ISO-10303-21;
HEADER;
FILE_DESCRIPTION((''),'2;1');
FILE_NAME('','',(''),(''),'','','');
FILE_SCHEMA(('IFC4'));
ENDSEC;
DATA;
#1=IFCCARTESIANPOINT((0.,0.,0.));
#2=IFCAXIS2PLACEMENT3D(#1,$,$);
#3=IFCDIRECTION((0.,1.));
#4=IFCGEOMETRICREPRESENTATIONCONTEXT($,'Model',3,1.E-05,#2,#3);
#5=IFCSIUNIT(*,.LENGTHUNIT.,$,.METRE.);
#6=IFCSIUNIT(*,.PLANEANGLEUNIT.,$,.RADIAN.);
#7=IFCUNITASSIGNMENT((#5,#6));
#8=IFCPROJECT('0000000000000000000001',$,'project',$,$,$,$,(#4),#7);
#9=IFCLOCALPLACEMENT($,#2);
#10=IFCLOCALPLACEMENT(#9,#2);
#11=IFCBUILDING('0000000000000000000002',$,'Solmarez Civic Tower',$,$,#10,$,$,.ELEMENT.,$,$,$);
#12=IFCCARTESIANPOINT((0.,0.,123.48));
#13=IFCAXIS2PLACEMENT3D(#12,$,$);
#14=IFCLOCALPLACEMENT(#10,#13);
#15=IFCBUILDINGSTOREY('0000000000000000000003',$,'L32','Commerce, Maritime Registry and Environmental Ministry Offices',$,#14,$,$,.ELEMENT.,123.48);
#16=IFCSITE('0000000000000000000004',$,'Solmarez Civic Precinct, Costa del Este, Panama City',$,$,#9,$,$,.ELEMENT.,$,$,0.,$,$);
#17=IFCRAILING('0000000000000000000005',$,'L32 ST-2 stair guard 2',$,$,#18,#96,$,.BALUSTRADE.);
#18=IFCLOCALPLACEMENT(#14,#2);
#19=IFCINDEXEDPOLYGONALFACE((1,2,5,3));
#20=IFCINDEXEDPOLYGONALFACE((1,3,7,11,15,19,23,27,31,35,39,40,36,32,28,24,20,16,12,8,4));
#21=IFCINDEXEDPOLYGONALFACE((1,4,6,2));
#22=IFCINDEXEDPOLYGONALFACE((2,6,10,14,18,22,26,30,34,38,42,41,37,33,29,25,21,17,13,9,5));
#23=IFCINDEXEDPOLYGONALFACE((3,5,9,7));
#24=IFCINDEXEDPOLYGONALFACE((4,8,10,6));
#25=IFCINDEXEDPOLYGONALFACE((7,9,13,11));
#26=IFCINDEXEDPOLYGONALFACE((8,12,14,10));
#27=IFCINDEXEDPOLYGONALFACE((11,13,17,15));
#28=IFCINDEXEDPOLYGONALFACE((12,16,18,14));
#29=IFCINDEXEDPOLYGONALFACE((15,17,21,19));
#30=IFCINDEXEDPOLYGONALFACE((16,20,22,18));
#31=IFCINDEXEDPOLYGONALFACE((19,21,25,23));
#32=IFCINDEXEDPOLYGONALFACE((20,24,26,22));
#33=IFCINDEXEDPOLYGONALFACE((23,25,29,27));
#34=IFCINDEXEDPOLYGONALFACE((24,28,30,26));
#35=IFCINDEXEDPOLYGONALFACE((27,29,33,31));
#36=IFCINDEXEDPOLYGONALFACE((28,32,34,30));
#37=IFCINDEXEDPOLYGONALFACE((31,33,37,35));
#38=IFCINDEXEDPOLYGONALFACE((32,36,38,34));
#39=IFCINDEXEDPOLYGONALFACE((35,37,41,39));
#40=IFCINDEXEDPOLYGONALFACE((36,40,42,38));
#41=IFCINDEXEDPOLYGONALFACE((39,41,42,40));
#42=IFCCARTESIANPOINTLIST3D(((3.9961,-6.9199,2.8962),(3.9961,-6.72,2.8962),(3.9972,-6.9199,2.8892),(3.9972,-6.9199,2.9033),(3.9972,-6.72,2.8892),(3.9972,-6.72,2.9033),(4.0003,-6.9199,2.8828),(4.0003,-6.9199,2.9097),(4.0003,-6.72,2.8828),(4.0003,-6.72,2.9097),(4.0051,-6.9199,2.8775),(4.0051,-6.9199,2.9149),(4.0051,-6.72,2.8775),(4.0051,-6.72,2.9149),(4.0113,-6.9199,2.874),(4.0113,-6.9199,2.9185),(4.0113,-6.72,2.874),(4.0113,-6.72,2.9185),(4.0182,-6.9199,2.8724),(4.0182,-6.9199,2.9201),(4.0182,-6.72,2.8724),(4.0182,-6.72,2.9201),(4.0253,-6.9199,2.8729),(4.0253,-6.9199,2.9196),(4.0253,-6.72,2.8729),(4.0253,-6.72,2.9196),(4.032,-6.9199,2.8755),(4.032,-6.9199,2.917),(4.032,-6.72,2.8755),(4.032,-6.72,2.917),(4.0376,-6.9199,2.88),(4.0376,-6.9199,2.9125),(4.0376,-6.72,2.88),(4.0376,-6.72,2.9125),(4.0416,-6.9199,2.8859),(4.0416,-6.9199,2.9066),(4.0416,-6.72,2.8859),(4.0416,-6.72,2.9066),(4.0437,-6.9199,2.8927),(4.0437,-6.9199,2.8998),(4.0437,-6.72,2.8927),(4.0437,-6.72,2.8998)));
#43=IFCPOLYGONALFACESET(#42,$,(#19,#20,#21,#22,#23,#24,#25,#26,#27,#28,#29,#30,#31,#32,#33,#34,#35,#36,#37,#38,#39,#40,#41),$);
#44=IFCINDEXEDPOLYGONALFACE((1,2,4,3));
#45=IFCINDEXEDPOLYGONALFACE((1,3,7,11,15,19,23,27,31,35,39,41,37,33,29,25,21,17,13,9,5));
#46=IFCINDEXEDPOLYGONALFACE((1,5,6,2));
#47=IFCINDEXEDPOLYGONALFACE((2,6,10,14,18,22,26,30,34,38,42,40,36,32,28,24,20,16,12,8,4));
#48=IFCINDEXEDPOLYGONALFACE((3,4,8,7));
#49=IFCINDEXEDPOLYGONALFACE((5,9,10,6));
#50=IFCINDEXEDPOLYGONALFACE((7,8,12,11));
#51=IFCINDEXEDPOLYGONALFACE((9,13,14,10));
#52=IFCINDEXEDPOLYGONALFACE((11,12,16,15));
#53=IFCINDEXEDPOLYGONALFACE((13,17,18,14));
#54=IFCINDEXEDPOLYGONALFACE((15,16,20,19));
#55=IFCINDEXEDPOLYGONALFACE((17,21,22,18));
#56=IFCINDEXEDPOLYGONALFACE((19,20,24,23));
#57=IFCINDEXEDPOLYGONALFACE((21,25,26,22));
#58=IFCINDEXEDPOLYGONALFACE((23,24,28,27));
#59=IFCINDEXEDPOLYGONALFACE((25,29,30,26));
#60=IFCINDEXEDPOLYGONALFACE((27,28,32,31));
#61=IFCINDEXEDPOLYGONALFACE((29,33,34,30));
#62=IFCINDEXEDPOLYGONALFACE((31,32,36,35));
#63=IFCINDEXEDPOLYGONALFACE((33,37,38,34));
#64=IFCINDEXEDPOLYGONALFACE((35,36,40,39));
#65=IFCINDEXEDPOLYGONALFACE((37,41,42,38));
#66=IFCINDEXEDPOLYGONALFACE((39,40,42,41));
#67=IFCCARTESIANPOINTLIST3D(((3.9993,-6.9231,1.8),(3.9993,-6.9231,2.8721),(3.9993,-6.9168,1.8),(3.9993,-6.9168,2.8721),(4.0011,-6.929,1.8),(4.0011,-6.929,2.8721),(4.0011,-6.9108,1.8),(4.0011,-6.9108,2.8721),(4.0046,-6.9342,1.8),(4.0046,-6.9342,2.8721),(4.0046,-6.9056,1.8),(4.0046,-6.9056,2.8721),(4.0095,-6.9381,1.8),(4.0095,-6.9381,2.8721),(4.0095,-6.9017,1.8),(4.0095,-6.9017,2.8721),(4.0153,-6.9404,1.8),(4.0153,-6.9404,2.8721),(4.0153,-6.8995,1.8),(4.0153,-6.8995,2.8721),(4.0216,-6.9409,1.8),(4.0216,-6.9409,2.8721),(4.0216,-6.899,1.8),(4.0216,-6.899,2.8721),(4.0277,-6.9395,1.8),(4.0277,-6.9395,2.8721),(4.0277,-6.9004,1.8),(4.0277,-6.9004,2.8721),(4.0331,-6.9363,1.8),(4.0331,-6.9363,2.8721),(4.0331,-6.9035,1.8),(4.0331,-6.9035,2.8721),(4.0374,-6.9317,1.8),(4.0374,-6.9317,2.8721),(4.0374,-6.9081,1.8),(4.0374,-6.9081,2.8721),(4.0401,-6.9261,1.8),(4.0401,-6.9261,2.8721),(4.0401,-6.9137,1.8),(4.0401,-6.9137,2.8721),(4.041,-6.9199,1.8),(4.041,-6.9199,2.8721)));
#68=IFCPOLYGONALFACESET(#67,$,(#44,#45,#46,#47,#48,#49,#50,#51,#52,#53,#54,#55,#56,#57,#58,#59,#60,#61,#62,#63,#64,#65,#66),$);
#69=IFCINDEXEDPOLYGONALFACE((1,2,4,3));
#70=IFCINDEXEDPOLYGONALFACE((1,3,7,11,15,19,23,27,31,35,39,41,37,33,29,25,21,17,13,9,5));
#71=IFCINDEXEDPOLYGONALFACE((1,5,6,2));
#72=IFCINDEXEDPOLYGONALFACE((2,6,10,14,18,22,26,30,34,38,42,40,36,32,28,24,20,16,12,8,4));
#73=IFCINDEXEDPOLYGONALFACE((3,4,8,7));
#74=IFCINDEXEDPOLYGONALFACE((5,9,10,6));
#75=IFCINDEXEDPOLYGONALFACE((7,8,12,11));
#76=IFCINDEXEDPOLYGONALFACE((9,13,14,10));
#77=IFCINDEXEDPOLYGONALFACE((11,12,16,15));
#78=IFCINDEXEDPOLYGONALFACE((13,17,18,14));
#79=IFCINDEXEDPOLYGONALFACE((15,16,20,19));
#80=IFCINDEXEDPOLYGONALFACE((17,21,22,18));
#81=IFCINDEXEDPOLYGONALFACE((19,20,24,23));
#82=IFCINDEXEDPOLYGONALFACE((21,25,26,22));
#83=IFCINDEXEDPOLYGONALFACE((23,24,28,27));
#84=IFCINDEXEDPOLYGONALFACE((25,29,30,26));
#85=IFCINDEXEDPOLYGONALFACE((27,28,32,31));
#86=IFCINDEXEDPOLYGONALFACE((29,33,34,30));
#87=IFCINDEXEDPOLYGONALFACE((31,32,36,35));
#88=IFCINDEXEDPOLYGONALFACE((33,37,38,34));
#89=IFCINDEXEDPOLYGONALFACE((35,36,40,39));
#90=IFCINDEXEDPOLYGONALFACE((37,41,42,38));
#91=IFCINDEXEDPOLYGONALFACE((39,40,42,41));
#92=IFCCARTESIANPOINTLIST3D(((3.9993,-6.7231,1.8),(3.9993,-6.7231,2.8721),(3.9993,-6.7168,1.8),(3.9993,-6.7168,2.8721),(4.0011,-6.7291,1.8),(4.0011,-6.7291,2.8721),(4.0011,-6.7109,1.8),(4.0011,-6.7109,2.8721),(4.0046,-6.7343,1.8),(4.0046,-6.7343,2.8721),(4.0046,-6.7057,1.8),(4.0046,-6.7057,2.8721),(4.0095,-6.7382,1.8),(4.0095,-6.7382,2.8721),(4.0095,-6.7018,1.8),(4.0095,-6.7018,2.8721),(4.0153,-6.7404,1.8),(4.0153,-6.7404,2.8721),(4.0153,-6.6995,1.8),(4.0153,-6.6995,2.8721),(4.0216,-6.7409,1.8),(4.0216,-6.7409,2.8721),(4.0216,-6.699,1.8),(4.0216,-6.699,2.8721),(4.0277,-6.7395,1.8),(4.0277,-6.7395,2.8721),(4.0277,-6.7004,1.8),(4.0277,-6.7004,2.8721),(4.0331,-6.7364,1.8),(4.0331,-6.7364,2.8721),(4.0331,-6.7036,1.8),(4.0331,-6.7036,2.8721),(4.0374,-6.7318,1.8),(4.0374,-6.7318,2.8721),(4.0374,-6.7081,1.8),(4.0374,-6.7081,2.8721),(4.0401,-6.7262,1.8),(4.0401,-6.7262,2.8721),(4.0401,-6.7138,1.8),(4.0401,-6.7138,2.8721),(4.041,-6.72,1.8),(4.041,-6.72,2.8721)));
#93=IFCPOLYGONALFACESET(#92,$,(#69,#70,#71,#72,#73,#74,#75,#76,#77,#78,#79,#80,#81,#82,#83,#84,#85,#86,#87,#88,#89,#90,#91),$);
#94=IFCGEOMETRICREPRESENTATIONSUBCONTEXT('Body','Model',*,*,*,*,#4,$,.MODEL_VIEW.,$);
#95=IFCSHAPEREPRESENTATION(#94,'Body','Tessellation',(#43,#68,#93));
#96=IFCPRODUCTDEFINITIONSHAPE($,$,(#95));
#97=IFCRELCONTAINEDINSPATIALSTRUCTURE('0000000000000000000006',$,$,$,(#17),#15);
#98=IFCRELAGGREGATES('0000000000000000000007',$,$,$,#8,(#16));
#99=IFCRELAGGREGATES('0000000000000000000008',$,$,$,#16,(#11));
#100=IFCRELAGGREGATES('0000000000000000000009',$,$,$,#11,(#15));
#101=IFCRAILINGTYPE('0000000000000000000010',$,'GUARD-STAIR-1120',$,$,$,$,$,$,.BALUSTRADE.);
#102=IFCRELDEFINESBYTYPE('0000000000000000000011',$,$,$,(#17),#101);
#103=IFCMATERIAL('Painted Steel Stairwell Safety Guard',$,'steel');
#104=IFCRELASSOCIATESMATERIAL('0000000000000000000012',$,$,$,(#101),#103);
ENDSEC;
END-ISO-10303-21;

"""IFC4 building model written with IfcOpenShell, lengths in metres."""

from ifc_helpers import new_model, si_unit, direction, frame, origin, origin_2d, place, context, subcontext, project, spatial, circle, extrude, material, type_object, element, save


model = new_model("IFC4")

# Units and contexts
model_context = context("Model", 3, precision=1e-05, world=origin(), true_north=direction((0.0, 1.0)))
body_context = subcontext(model_context, "Body", "Model", "MODEL_VIEW")
ifc_project = project(units=[si_unit("LENGTHUNIT", "METRE"), si_unit("PLANEANGLEUNIT", "RADIAN")], contexts=[model_context])

# Site, building, storey
site_placement = place(None, origin())
site = spatial("IfcSite", under=ifc_project, at=site_placement, Name="Solmarez Civic Precinct, Costa del Este, Panama City", CompositionType="ELEMENT", RefElevation=0.0)
building_placement = place(site_placement, origin())
building = spatial("IfcBuilding", under=site, at=building_placement, Name="Solmarez Civic Tower", CompositionType="ELEMENT")
storey_placement = place(building_placement, frame((0.0, 0.0, 123.48)))
storey = spatial("IfcBuildingStorey", under=building, at=storey_placement, Name="L32", Description="Commerce, Maritime Registry and Environmental Ministry Offices", CompositionType="ELEMENT", Elevation=123.48)

# Railing
ifc_material_1 = material(Name="Painted Steel Stairwell Safety Guard", Category="steel")
railing_type_1 = type_object("IfcRailingType", Name="GUARD-STAIR-1120", PredefinedType="BALUSTRADE", material=ifc_material_1)
railing_1_placement = place(storey_placement, frame((4.02, -6.9199, 1.8)))
element("IfcRailing", 1, at=railing_1_placement, inside=storey, type_object=railing_type_1, Name="L32 ST-2 stair guard 2", PredefinedType="BALUSTRADE", context=body_context, shape_type="SweptSolid", body=[
    extrude(circle(Radius=0.0239, at=origin_2d()), frame((0.0, 0.0, 1.0962), z_axis=(0.0, 1.0, 0.0), x_axis=(-1.0, 0.0, 0.0)), (0.0, 0.0, 1.0), 0.2),
    extrude(circle(Radius=0.021, at=origin_2d()), origin(), (0.0, 0.0, 1.0), 1.072),
    extrude(circle(Radius=0.021, at=origin_2d()), frame((0.0, 0.2, 0.0)), (0.0, 0.0, 1.0), 1.072),
])

save(model, "model.ifc")
